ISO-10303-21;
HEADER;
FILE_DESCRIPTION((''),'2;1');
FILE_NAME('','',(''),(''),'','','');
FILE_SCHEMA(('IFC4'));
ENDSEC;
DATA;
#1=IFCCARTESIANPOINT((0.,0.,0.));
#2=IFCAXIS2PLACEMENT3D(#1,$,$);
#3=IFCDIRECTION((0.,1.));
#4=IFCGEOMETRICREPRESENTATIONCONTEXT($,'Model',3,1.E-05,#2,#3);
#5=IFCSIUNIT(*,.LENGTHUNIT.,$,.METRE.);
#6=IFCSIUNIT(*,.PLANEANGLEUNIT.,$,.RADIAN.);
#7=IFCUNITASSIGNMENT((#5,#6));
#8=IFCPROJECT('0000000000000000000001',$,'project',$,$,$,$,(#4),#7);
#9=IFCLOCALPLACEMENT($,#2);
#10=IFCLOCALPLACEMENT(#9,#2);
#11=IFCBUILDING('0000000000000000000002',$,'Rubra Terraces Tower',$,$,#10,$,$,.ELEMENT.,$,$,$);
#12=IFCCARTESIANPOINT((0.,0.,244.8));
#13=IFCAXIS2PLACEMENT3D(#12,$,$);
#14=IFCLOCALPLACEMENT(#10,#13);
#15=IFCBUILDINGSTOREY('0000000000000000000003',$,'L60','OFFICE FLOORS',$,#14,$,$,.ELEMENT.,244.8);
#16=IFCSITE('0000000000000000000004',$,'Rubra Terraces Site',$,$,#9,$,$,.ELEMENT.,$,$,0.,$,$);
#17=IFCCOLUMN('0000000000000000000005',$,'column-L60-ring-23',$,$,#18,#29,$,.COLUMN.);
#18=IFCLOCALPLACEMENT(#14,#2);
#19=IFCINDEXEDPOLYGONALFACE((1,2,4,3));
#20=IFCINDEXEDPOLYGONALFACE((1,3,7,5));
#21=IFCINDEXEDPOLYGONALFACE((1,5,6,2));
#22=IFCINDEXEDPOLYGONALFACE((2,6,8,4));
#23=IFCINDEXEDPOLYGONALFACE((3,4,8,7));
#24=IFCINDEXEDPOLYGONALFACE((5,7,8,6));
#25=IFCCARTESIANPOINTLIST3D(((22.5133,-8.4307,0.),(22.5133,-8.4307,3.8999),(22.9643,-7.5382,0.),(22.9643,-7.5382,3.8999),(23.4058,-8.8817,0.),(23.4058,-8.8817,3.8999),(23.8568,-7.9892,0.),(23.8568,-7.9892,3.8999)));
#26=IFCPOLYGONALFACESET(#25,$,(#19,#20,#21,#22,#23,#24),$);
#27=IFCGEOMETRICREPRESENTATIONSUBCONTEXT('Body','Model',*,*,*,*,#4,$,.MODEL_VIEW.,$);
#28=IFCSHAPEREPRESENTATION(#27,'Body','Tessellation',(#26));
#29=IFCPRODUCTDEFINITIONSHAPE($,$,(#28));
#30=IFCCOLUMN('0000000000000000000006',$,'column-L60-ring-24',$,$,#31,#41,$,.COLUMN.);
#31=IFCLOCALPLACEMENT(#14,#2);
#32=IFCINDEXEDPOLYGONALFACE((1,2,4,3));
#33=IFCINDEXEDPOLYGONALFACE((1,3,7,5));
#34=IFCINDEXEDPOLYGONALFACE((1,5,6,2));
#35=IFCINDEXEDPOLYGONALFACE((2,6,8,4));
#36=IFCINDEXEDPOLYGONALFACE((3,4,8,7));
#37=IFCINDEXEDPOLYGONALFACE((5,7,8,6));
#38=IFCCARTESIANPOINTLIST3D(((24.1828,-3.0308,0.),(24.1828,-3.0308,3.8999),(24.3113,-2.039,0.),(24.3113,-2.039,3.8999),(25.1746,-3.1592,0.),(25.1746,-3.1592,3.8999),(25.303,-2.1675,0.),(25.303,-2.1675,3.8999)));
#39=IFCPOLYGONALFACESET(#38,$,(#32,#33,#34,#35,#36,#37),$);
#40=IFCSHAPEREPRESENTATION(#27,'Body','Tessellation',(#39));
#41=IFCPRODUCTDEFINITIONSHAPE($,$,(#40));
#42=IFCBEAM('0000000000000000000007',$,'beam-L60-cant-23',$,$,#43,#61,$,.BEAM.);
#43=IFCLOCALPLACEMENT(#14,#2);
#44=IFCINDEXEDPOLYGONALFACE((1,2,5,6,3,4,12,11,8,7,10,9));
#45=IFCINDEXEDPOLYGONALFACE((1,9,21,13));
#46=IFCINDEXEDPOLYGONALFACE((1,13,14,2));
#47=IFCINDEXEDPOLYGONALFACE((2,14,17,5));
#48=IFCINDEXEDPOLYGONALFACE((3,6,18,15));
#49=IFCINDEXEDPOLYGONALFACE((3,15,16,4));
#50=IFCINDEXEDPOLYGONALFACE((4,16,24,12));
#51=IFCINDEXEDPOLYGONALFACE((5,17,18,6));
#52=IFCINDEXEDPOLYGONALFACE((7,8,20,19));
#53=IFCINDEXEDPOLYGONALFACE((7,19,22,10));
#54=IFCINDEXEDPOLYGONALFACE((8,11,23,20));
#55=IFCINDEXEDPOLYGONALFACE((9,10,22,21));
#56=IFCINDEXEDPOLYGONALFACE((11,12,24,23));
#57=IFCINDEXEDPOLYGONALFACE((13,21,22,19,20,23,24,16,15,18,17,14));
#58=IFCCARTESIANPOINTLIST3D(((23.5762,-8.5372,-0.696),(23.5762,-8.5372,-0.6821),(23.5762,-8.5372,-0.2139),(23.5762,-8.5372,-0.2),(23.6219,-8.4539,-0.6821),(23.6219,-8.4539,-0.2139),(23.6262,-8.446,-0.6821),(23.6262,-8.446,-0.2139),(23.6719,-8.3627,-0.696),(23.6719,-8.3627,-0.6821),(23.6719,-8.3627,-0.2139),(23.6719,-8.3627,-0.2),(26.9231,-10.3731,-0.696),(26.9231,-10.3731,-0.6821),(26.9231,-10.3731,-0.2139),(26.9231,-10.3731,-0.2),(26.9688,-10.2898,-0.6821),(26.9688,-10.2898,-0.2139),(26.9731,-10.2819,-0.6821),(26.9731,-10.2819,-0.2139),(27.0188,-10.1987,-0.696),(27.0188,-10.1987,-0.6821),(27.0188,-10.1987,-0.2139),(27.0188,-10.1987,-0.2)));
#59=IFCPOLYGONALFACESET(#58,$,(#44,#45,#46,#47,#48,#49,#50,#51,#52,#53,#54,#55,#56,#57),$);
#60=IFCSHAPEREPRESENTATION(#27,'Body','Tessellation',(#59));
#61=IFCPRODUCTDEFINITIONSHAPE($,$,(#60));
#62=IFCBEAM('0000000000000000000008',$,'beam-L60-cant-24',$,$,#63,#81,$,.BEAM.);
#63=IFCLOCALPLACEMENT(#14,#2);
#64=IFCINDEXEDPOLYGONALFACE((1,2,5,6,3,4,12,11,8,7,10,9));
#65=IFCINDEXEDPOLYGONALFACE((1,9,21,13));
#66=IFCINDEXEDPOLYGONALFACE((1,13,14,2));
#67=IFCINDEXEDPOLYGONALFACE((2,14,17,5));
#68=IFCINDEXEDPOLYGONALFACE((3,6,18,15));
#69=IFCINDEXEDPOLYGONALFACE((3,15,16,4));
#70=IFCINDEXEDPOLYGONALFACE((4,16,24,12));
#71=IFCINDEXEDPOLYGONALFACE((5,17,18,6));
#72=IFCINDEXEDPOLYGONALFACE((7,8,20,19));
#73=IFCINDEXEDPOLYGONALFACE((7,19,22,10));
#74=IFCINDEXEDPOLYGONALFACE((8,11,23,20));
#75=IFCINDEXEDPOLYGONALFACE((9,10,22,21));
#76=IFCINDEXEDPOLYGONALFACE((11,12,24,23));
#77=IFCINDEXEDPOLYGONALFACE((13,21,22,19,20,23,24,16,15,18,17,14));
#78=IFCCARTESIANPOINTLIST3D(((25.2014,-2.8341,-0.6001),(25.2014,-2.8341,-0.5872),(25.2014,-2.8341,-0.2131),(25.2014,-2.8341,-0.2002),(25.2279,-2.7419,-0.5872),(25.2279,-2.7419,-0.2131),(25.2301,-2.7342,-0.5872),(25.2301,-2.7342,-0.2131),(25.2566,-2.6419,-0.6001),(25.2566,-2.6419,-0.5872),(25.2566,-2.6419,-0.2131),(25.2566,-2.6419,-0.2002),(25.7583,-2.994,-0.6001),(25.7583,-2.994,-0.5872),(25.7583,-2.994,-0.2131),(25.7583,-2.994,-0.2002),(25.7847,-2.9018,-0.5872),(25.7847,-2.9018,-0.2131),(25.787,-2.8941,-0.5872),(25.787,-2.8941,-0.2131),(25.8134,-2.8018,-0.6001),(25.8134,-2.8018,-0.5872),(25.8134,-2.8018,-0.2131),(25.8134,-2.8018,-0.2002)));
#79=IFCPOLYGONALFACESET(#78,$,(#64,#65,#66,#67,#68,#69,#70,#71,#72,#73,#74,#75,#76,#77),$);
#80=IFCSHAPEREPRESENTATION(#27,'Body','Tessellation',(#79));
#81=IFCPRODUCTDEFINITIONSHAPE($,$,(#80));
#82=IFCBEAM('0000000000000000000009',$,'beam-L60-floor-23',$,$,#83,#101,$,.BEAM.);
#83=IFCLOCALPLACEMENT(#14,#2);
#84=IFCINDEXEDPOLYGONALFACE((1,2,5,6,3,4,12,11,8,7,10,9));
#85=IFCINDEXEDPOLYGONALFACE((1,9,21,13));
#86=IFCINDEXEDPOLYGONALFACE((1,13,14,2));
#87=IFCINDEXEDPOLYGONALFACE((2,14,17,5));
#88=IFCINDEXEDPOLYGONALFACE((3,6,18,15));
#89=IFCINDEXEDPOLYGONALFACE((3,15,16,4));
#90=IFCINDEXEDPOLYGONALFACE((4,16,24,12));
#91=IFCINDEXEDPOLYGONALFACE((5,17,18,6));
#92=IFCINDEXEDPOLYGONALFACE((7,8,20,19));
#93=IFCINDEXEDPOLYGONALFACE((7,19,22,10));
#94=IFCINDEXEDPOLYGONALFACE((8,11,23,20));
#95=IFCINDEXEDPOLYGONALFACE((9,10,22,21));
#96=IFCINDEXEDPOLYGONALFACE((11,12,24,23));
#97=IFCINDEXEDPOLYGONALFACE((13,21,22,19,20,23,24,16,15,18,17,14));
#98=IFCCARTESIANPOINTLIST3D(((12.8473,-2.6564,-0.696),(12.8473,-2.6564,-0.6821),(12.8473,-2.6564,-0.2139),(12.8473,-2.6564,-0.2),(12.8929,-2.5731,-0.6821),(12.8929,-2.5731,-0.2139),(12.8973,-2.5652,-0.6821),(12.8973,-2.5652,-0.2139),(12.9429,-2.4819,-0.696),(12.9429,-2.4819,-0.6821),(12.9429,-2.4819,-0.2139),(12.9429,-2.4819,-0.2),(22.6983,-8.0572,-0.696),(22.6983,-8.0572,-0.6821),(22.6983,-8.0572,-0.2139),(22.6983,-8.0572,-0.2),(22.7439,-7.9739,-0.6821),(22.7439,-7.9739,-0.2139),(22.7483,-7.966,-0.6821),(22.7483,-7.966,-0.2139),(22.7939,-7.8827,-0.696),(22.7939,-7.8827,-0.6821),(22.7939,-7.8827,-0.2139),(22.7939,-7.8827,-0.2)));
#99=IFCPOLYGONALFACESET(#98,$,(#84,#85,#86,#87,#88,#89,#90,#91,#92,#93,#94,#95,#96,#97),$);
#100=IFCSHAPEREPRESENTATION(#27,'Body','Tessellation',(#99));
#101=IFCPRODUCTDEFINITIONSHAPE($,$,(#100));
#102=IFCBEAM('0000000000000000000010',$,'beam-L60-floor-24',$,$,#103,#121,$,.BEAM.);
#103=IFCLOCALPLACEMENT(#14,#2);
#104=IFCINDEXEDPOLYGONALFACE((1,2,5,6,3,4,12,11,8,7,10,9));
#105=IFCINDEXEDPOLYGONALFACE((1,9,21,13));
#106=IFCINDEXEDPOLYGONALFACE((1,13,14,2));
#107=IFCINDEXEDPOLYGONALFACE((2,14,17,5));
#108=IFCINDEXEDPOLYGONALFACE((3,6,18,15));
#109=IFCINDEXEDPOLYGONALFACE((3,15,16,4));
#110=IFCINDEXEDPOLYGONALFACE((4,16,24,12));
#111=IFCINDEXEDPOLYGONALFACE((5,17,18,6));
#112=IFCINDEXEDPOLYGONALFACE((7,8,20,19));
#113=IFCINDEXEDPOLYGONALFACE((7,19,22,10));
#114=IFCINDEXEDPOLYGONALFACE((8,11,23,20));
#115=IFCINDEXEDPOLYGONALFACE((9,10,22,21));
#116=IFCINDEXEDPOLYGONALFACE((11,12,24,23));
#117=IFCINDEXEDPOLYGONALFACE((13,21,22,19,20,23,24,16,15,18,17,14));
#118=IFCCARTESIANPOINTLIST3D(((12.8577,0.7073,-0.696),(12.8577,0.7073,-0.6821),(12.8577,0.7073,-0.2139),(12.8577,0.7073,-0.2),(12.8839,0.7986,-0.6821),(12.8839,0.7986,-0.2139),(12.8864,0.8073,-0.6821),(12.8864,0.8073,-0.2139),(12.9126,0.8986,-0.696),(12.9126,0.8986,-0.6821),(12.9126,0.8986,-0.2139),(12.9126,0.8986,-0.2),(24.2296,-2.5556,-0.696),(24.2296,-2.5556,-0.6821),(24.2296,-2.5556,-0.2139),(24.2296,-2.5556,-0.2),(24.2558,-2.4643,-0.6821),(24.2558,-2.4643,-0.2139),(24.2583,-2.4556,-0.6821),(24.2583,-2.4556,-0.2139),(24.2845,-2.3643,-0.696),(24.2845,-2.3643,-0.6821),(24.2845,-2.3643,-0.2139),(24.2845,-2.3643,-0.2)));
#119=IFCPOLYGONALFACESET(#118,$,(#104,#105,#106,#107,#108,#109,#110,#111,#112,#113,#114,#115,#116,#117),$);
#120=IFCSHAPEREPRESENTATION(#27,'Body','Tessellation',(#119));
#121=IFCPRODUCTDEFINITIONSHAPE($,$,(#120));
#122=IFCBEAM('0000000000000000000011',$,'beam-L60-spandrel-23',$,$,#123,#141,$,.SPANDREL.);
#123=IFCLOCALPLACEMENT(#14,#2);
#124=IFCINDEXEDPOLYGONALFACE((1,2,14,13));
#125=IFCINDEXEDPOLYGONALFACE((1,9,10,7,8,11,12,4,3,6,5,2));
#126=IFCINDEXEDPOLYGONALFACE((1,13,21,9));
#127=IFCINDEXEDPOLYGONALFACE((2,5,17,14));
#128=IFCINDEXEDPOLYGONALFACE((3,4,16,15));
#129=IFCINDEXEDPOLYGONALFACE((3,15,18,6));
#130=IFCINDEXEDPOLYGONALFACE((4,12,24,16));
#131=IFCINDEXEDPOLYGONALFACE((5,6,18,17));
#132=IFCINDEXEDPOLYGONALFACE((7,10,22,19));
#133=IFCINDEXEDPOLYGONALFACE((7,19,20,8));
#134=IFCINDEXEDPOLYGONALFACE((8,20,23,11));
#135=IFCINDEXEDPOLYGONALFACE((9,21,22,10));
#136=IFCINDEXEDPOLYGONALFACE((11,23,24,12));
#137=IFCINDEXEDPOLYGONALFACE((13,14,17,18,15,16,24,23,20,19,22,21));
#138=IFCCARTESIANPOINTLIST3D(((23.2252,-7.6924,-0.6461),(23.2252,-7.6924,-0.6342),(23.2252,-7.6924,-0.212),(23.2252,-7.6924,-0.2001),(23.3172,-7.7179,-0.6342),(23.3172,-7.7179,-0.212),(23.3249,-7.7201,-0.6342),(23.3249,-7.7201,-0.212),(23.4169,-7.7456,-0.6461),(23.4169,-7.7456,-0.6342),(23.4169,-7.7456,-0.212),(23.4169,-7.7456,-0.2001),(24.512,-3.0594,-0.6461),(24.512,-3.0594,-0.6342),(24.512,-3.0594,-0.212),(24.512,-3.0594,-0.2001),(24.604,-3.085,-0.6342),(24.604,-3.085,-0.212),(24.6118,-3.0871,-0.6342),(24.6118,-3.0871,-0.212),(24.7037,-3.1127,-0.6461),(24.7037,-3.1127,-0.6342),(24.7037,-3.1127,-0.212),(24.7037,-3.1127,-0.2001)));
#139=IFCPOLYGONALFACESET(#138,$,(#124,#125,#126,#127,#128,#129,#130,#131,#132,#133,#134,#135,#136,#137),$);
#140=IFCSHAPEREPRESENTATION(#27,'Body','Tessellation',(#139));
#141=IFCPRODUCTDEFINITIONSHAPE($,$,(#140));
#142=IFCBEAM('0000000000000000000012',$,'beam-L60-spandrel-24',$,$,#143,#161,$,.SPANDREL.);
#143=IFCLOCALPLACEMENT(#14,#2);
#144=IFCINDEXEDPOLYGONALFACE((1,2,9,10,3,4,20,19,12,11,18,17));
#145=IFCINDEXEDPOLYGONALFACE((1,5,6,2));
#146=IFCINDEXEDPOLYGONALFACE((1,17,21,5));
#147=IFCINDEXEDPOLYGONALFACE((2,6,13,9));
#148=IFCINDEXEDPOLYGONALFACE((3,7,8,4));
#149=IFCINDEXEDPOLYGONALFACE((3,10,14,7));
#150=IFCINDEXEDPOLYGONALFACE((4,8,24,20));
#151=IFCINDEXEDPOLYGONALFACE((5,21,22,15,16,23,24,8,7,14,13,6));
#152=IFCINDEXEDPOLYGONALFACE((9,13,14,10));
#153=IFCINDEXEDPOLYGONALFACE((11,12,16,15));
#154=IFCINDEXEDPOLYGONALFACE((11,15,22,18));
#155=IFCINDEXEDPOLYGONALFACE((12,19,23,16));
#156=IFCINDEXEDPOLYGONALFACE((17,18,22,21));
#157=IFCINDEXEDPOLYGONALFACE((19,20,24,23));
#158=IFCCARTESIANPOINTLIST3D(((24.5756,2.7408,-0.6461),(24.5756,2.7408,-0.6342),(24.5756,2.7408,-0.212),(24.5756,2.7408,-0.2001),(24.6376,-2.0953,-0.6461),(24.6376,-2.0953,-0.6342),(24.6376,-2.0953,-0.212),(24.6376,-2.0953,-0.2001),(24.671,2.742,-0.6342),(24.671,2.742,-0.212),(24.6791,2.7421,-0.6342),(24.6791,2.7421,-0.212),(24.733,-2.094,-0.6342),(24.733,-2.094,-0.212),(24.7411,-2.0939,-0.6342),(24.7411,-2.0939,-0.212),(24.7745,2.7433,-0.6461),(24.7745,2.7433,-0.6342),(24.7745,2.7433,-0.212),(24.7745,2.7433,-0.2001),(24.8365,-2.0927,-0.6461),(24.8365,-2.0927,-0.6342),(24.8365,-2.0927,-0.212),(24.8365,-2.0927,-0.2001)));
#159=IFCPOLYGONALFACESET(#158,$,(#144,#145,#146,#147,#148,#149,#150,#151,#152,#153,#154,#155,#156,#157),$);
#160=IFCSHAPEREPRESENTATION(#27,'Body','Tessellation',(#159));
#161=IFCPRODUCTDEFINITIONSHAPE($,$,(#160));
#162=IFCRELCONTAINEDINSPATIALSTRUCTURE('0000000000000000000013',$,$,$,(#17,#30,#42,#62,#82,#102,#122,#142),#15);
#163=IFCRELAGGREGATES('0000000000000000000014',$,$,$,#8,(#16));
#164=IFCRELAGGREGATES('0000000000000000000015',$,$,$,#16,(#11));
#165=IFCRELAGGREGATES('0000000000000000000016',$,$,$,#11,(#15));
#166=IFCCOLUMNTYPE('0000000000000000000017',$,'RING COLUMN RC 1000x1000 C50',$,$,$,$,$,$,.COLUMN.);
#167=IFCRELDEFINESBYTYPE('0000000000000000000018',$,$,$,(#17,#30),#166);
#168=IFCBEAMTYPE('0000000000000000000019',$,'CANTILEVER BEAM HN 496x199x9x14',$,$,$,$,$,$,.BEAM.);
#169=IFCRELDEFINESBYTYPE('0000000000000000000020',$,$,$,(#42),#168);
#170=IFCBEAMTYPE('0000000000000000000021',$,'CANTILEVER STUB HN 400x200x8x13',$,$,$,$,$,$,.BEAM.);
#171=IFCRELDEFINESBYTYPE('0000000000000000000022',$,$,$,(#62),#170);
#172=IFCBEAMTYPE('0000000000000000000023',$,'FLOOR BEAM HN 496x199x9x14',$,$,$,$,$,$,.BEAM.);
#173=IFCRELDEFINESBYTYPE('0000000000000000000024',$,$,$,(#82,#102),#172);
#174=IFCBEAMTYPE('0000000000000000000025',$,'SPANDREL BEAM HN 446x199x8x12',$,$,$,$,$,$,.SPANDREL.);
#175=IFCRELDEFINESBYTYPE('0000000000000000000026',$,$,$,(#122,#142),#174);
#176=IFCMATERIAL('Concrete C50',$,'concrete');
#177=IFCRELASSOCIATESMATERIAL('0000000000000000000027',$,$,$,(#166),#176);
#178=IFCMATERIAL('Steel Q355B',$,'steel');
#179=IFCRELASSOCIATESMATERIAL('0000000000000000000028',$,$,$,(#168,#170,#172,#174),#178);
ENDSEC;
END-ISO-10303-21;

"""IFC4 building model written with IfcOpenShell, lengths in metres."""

from ifc_helpers import new_model, si_unit, direction, frame, origin, origin_2d, place, context, subcontext, project, spatial, rectangle, i_section, extrude, material, material_profile, profile_set, type_object, element, save


model = new_model("IFC4")

# Units and contexts
model_context = context("Model", 3, precision=1e-05, world=origin(), true_north=direction((0.0, 1.0)))
body_context = subcontext(model_context, "Body", "Model", "MODEL_VIEW")
ifc_project = project(units=[si_unit("LENGTHUNIT", "METRE"), si_unit("PLANEANGLEUNIT", "RADIAN")], contexts=[model_context])

# Site, building, storey
site_placement = place(None, origin())
site = spatial("IfcSite", under=ifc_project, at=site_placement, Name="Rubra Terraces Site", CompositionType="ELEMENT", RefElevation=0.0)
building_placement = place(site_placement, origin())
building = spatial("IfcBuilding", under=site, at=building_placement, Name="Rubra Terraces Tower", CompositionType="ELEMENT")
storey_placement = place(building_placement, frame((0.0, 0.0, 244.8)))
storey = spatial("IfcBuildingStorey", under=building, at=storey_placement, Name="L60", Description="OFFICE FLOORS", CompositionType="ELEMENT", Elevation=244.8)

# Columns
ifc_material_1 = material(Name="Concrete C50", Category="concrete")
ifc_material_profile_1 = material_profile(ifc_material_1, rectangle(XDim=1.0, YDim=1.0, at=origin_2d()), Name="RC 1000x1000")
ifc_profile_set_1 = profile_set([ifc_material_profile_1], Name="Concrete C50")
column_type = type_object("IfcColumnType", Name="RING COLUMN RC 1000x1000 C50", PredefinedType="COLUMN", material=ifc_profile_set_1)
for number, where, z_axis, x_axis, name in (
    (1, (23.1851, -8.21, 0.0), (0.0, 0.0, 1.0), (0.451028, 0.89251, 0.0), "column-L60-ring-23"),
    (2, (24.7429, -2.5991, 0.0), (0.0, 0.0, 1.0), (0.128444, 0.991717, 0.0), "column-L60-ring-24"),
):
    element("IfcColumn", number, at=place(storey_placement, frame(where, z_axis=z_axis, x_axis=x_axis)), inside=storey, type_object=column_type, Name=name, PredefinedType="COLUMN", context=body_context, shape_type="SweptSolid", body=[
        extrude(rectangle(XDim=1.0, YDim=1.0, at=origin_2d()), origin(), (0.0, 0.0, 1.0), 3.8999),
    ])

# Beams
ifc_material_2 = material(Name="Steel Q355B", Category="steel")
ifc_material_profile_2 = material_profile(ifc_material_2, i_section(OverallWidth=0.199, OverallDepth=0.4961, WebThickness=0.009, FlangeThickness=0.0139, at=origin_2d()), Name="HN 496x199x9x14")
ifc_profile_set_2 = profile_set([ifc_material_profile_2], Name="Steel Q355B")
beam_type_1 = type_object("IfcBeamType", Name="CANTILEVER BEAM HN 496x199x9x14", PredefinedType="BEAM", material=ifc_profile_set_2)
beam_1_placement = place(storey_placement, frame((23.624, -8.45, -0.448), z_axis=(0.876754, -0.480939, 0.0), x_axis=(0.480939, 0.876754, 0.0)))
element("IfcBeam", 3, at=beam_1_placement, inside=storey, type_object=beam_type_1, Name="beam-L60-cant-23", PredefinedType="BEAM", context=body_context, shape_type="SweptSolid", body=[
    extrude(i_section(OverallWidth=0.199, OverallDepth=0.4961, WebThickness=0.009, FlangeThickness=0.0139, at=origin_2d()), origin(), (0.0, 0.0, 1.0), 3.8174),
])
ifc_material_profile_3 = material_profile(ifc_material_2, i_section(OverallWidth=0.2, OverallDepth=0.3999, WebThickness=0.0081, FlangeThickness=0.0129, at=origin_2d()), Name="HN 400x200x8x13")
ifc_profile_set_3 = profile_set([ifc_material_profile_3], Name="Steel Q355B")
beam_type_2 = type_object("IfcBeamType", Name="CANTILEVER STUB HN 400x200x8x13", PredefinedType="BEAM", material=ifc_profile_set_3)
beam_2_placement = place(storey_placement, frame((25.229, -2.738, -0.4001), z_axis=(0.961157, -0.276001, 0.0), x_axis=(0.276001, 0.961157, 0.0)))
element("IfcBeam", 4, at=beam_2_placement, inside=storey, type_object=beam_type_2, Name="beam-L60-cant-24", PredefinedType="BEAM", context=body_context, shape_type="SweptSolid", body=[
    extrude(i_section(OverallWidth=0.2, OverallDepth=0.3999, WebThickness=0.0081, FlangeThickness=0.0129, at=origin_2d()), origin(), (0.0, 0.0, 1.0), 0.5793),
])
ifc_material_profile_4 = material_profile(ifc_material_2, i_section(OverallWidth=0.199, OverallDepth=0.4961, WebThickness=0.009, FlangeThickness=0.0139, at=origin_2d()), Name="HN 496x199x9x14")
ifc_profile_set_4 = profile_set([ifc_material_profile_4], Name="Steel Q355B")
beam_type_3 = type_object("IfcBeamType", Name="FLOOR BEAM HN 496x199x9x14", PredefinedType="BEAM", material=ifc_profile_set_4)
beam_3_placement = place(storey_placement, frame((22.7461, -7.97, -0.448), z_axis=(-0.876862, 0.480742, 0.0), x_axis=(-0.480742, -0.876862, 0.0)))
element("IfcBeam", 5, at=beam_3_placement, inside=storey, type_object=beam_type_3, Name="beam-L60-floor-23", PredefinedType="BEAM", context=body_context, shape_type="SweptSolid", body=[
    extrude(i_section(OverallWidth=0.199, OverallDepth=0.4961, WebThickness=0.009, FlangeThickness=0.0139, at=origin_2d()), origin(), (0.0, 0.0, 1.0), 11.2344),
])
beam_4_placement = place(storey_placement, frame((24.2571, -2.46, -0.448), z_axis=(-0.961216, 0.275798, 0.0), x_axis=(-0.275798, -0.961216, 0.0)))
element("IfcBeam", 6, at=beam_4_placement, inside=storey, type_object=beam_type_3, Name="beam-L60-floor-24", PredefinedType="BEAM", context=body_context, shape_type="SweptSolid", body=[
    extrude(i_section(OverallWidth=0.199, OverallDepth=0.4961, WebThickness=0.009, FlangeThickness=0.0139, at=origin_2d()), origin(), (0.0, 0.0, 1.0), 11.8308),
])
ifc_material_profile_5 = material_profile(ifc_material_2, i_section(OverallWidth=0.199, OverallDepth=0.446, WebThickness=0.0081, FlangeThickness=0.012, at=origin_2d()), Name="HN 446x199x8x12")
ifc_profile_set_5 = profile_set([ifc_material_profile_5], Name="Steel Q355B")
beam_type_4 = type_object("IfcBeamType", Name="SPANDREL BEAM HN 446x199x8x12", PredefinedType="SPANDREL", material=ifc_profile_set_5)
beam_5_placement = place(storey_placement, frame((23.321, -7.719, -0.4231), z_axis=(0.267626, 0.963523, 0.0), x_axis=(-0.963523, 0.267626, 0.0)))
element("IfcBeam", 7, at=beam_5_placement, inside=storey, type_object=beam_type_4, Name="beam-L60-spandrel-23", PredefinedType="SPANDREL", context=body_context, shape_type="SweptSolid", body=[
    extrude(i_section(OverallWidth=0.199, OverallDepth=0.446, WebThickness=0.0081, FlangeThickness=0.012, at=origin_2d()), origin(), (0.0, 0.0, 1.0), 4.8083),
])
beam_6_placement = place(storey_placement, frame((24.7371, -2.094, -0.4231), z_axis=(-0.012822, 0.999918, 0.0), x_axis=(-0.999918, -0.012822, 0.0)))
element("IfcBeam", 8, at=beam_6_placement, inside=storey, type_object=beam_type_4, Name="beam-L60-spandrel-24", PredefinedType="SPANDREL", context=body_context, shape_type="SweptSolid", body=[
    extrude(i_section(OverallWidth=0.199, OverallDepth=0.446, WebThickness=0.0081, FlangeThickness=0.012, at=origin_2d()), origin(), (0.0, 0.0, 1.0), 4.8364),
])

save(model, "model.ifc")
